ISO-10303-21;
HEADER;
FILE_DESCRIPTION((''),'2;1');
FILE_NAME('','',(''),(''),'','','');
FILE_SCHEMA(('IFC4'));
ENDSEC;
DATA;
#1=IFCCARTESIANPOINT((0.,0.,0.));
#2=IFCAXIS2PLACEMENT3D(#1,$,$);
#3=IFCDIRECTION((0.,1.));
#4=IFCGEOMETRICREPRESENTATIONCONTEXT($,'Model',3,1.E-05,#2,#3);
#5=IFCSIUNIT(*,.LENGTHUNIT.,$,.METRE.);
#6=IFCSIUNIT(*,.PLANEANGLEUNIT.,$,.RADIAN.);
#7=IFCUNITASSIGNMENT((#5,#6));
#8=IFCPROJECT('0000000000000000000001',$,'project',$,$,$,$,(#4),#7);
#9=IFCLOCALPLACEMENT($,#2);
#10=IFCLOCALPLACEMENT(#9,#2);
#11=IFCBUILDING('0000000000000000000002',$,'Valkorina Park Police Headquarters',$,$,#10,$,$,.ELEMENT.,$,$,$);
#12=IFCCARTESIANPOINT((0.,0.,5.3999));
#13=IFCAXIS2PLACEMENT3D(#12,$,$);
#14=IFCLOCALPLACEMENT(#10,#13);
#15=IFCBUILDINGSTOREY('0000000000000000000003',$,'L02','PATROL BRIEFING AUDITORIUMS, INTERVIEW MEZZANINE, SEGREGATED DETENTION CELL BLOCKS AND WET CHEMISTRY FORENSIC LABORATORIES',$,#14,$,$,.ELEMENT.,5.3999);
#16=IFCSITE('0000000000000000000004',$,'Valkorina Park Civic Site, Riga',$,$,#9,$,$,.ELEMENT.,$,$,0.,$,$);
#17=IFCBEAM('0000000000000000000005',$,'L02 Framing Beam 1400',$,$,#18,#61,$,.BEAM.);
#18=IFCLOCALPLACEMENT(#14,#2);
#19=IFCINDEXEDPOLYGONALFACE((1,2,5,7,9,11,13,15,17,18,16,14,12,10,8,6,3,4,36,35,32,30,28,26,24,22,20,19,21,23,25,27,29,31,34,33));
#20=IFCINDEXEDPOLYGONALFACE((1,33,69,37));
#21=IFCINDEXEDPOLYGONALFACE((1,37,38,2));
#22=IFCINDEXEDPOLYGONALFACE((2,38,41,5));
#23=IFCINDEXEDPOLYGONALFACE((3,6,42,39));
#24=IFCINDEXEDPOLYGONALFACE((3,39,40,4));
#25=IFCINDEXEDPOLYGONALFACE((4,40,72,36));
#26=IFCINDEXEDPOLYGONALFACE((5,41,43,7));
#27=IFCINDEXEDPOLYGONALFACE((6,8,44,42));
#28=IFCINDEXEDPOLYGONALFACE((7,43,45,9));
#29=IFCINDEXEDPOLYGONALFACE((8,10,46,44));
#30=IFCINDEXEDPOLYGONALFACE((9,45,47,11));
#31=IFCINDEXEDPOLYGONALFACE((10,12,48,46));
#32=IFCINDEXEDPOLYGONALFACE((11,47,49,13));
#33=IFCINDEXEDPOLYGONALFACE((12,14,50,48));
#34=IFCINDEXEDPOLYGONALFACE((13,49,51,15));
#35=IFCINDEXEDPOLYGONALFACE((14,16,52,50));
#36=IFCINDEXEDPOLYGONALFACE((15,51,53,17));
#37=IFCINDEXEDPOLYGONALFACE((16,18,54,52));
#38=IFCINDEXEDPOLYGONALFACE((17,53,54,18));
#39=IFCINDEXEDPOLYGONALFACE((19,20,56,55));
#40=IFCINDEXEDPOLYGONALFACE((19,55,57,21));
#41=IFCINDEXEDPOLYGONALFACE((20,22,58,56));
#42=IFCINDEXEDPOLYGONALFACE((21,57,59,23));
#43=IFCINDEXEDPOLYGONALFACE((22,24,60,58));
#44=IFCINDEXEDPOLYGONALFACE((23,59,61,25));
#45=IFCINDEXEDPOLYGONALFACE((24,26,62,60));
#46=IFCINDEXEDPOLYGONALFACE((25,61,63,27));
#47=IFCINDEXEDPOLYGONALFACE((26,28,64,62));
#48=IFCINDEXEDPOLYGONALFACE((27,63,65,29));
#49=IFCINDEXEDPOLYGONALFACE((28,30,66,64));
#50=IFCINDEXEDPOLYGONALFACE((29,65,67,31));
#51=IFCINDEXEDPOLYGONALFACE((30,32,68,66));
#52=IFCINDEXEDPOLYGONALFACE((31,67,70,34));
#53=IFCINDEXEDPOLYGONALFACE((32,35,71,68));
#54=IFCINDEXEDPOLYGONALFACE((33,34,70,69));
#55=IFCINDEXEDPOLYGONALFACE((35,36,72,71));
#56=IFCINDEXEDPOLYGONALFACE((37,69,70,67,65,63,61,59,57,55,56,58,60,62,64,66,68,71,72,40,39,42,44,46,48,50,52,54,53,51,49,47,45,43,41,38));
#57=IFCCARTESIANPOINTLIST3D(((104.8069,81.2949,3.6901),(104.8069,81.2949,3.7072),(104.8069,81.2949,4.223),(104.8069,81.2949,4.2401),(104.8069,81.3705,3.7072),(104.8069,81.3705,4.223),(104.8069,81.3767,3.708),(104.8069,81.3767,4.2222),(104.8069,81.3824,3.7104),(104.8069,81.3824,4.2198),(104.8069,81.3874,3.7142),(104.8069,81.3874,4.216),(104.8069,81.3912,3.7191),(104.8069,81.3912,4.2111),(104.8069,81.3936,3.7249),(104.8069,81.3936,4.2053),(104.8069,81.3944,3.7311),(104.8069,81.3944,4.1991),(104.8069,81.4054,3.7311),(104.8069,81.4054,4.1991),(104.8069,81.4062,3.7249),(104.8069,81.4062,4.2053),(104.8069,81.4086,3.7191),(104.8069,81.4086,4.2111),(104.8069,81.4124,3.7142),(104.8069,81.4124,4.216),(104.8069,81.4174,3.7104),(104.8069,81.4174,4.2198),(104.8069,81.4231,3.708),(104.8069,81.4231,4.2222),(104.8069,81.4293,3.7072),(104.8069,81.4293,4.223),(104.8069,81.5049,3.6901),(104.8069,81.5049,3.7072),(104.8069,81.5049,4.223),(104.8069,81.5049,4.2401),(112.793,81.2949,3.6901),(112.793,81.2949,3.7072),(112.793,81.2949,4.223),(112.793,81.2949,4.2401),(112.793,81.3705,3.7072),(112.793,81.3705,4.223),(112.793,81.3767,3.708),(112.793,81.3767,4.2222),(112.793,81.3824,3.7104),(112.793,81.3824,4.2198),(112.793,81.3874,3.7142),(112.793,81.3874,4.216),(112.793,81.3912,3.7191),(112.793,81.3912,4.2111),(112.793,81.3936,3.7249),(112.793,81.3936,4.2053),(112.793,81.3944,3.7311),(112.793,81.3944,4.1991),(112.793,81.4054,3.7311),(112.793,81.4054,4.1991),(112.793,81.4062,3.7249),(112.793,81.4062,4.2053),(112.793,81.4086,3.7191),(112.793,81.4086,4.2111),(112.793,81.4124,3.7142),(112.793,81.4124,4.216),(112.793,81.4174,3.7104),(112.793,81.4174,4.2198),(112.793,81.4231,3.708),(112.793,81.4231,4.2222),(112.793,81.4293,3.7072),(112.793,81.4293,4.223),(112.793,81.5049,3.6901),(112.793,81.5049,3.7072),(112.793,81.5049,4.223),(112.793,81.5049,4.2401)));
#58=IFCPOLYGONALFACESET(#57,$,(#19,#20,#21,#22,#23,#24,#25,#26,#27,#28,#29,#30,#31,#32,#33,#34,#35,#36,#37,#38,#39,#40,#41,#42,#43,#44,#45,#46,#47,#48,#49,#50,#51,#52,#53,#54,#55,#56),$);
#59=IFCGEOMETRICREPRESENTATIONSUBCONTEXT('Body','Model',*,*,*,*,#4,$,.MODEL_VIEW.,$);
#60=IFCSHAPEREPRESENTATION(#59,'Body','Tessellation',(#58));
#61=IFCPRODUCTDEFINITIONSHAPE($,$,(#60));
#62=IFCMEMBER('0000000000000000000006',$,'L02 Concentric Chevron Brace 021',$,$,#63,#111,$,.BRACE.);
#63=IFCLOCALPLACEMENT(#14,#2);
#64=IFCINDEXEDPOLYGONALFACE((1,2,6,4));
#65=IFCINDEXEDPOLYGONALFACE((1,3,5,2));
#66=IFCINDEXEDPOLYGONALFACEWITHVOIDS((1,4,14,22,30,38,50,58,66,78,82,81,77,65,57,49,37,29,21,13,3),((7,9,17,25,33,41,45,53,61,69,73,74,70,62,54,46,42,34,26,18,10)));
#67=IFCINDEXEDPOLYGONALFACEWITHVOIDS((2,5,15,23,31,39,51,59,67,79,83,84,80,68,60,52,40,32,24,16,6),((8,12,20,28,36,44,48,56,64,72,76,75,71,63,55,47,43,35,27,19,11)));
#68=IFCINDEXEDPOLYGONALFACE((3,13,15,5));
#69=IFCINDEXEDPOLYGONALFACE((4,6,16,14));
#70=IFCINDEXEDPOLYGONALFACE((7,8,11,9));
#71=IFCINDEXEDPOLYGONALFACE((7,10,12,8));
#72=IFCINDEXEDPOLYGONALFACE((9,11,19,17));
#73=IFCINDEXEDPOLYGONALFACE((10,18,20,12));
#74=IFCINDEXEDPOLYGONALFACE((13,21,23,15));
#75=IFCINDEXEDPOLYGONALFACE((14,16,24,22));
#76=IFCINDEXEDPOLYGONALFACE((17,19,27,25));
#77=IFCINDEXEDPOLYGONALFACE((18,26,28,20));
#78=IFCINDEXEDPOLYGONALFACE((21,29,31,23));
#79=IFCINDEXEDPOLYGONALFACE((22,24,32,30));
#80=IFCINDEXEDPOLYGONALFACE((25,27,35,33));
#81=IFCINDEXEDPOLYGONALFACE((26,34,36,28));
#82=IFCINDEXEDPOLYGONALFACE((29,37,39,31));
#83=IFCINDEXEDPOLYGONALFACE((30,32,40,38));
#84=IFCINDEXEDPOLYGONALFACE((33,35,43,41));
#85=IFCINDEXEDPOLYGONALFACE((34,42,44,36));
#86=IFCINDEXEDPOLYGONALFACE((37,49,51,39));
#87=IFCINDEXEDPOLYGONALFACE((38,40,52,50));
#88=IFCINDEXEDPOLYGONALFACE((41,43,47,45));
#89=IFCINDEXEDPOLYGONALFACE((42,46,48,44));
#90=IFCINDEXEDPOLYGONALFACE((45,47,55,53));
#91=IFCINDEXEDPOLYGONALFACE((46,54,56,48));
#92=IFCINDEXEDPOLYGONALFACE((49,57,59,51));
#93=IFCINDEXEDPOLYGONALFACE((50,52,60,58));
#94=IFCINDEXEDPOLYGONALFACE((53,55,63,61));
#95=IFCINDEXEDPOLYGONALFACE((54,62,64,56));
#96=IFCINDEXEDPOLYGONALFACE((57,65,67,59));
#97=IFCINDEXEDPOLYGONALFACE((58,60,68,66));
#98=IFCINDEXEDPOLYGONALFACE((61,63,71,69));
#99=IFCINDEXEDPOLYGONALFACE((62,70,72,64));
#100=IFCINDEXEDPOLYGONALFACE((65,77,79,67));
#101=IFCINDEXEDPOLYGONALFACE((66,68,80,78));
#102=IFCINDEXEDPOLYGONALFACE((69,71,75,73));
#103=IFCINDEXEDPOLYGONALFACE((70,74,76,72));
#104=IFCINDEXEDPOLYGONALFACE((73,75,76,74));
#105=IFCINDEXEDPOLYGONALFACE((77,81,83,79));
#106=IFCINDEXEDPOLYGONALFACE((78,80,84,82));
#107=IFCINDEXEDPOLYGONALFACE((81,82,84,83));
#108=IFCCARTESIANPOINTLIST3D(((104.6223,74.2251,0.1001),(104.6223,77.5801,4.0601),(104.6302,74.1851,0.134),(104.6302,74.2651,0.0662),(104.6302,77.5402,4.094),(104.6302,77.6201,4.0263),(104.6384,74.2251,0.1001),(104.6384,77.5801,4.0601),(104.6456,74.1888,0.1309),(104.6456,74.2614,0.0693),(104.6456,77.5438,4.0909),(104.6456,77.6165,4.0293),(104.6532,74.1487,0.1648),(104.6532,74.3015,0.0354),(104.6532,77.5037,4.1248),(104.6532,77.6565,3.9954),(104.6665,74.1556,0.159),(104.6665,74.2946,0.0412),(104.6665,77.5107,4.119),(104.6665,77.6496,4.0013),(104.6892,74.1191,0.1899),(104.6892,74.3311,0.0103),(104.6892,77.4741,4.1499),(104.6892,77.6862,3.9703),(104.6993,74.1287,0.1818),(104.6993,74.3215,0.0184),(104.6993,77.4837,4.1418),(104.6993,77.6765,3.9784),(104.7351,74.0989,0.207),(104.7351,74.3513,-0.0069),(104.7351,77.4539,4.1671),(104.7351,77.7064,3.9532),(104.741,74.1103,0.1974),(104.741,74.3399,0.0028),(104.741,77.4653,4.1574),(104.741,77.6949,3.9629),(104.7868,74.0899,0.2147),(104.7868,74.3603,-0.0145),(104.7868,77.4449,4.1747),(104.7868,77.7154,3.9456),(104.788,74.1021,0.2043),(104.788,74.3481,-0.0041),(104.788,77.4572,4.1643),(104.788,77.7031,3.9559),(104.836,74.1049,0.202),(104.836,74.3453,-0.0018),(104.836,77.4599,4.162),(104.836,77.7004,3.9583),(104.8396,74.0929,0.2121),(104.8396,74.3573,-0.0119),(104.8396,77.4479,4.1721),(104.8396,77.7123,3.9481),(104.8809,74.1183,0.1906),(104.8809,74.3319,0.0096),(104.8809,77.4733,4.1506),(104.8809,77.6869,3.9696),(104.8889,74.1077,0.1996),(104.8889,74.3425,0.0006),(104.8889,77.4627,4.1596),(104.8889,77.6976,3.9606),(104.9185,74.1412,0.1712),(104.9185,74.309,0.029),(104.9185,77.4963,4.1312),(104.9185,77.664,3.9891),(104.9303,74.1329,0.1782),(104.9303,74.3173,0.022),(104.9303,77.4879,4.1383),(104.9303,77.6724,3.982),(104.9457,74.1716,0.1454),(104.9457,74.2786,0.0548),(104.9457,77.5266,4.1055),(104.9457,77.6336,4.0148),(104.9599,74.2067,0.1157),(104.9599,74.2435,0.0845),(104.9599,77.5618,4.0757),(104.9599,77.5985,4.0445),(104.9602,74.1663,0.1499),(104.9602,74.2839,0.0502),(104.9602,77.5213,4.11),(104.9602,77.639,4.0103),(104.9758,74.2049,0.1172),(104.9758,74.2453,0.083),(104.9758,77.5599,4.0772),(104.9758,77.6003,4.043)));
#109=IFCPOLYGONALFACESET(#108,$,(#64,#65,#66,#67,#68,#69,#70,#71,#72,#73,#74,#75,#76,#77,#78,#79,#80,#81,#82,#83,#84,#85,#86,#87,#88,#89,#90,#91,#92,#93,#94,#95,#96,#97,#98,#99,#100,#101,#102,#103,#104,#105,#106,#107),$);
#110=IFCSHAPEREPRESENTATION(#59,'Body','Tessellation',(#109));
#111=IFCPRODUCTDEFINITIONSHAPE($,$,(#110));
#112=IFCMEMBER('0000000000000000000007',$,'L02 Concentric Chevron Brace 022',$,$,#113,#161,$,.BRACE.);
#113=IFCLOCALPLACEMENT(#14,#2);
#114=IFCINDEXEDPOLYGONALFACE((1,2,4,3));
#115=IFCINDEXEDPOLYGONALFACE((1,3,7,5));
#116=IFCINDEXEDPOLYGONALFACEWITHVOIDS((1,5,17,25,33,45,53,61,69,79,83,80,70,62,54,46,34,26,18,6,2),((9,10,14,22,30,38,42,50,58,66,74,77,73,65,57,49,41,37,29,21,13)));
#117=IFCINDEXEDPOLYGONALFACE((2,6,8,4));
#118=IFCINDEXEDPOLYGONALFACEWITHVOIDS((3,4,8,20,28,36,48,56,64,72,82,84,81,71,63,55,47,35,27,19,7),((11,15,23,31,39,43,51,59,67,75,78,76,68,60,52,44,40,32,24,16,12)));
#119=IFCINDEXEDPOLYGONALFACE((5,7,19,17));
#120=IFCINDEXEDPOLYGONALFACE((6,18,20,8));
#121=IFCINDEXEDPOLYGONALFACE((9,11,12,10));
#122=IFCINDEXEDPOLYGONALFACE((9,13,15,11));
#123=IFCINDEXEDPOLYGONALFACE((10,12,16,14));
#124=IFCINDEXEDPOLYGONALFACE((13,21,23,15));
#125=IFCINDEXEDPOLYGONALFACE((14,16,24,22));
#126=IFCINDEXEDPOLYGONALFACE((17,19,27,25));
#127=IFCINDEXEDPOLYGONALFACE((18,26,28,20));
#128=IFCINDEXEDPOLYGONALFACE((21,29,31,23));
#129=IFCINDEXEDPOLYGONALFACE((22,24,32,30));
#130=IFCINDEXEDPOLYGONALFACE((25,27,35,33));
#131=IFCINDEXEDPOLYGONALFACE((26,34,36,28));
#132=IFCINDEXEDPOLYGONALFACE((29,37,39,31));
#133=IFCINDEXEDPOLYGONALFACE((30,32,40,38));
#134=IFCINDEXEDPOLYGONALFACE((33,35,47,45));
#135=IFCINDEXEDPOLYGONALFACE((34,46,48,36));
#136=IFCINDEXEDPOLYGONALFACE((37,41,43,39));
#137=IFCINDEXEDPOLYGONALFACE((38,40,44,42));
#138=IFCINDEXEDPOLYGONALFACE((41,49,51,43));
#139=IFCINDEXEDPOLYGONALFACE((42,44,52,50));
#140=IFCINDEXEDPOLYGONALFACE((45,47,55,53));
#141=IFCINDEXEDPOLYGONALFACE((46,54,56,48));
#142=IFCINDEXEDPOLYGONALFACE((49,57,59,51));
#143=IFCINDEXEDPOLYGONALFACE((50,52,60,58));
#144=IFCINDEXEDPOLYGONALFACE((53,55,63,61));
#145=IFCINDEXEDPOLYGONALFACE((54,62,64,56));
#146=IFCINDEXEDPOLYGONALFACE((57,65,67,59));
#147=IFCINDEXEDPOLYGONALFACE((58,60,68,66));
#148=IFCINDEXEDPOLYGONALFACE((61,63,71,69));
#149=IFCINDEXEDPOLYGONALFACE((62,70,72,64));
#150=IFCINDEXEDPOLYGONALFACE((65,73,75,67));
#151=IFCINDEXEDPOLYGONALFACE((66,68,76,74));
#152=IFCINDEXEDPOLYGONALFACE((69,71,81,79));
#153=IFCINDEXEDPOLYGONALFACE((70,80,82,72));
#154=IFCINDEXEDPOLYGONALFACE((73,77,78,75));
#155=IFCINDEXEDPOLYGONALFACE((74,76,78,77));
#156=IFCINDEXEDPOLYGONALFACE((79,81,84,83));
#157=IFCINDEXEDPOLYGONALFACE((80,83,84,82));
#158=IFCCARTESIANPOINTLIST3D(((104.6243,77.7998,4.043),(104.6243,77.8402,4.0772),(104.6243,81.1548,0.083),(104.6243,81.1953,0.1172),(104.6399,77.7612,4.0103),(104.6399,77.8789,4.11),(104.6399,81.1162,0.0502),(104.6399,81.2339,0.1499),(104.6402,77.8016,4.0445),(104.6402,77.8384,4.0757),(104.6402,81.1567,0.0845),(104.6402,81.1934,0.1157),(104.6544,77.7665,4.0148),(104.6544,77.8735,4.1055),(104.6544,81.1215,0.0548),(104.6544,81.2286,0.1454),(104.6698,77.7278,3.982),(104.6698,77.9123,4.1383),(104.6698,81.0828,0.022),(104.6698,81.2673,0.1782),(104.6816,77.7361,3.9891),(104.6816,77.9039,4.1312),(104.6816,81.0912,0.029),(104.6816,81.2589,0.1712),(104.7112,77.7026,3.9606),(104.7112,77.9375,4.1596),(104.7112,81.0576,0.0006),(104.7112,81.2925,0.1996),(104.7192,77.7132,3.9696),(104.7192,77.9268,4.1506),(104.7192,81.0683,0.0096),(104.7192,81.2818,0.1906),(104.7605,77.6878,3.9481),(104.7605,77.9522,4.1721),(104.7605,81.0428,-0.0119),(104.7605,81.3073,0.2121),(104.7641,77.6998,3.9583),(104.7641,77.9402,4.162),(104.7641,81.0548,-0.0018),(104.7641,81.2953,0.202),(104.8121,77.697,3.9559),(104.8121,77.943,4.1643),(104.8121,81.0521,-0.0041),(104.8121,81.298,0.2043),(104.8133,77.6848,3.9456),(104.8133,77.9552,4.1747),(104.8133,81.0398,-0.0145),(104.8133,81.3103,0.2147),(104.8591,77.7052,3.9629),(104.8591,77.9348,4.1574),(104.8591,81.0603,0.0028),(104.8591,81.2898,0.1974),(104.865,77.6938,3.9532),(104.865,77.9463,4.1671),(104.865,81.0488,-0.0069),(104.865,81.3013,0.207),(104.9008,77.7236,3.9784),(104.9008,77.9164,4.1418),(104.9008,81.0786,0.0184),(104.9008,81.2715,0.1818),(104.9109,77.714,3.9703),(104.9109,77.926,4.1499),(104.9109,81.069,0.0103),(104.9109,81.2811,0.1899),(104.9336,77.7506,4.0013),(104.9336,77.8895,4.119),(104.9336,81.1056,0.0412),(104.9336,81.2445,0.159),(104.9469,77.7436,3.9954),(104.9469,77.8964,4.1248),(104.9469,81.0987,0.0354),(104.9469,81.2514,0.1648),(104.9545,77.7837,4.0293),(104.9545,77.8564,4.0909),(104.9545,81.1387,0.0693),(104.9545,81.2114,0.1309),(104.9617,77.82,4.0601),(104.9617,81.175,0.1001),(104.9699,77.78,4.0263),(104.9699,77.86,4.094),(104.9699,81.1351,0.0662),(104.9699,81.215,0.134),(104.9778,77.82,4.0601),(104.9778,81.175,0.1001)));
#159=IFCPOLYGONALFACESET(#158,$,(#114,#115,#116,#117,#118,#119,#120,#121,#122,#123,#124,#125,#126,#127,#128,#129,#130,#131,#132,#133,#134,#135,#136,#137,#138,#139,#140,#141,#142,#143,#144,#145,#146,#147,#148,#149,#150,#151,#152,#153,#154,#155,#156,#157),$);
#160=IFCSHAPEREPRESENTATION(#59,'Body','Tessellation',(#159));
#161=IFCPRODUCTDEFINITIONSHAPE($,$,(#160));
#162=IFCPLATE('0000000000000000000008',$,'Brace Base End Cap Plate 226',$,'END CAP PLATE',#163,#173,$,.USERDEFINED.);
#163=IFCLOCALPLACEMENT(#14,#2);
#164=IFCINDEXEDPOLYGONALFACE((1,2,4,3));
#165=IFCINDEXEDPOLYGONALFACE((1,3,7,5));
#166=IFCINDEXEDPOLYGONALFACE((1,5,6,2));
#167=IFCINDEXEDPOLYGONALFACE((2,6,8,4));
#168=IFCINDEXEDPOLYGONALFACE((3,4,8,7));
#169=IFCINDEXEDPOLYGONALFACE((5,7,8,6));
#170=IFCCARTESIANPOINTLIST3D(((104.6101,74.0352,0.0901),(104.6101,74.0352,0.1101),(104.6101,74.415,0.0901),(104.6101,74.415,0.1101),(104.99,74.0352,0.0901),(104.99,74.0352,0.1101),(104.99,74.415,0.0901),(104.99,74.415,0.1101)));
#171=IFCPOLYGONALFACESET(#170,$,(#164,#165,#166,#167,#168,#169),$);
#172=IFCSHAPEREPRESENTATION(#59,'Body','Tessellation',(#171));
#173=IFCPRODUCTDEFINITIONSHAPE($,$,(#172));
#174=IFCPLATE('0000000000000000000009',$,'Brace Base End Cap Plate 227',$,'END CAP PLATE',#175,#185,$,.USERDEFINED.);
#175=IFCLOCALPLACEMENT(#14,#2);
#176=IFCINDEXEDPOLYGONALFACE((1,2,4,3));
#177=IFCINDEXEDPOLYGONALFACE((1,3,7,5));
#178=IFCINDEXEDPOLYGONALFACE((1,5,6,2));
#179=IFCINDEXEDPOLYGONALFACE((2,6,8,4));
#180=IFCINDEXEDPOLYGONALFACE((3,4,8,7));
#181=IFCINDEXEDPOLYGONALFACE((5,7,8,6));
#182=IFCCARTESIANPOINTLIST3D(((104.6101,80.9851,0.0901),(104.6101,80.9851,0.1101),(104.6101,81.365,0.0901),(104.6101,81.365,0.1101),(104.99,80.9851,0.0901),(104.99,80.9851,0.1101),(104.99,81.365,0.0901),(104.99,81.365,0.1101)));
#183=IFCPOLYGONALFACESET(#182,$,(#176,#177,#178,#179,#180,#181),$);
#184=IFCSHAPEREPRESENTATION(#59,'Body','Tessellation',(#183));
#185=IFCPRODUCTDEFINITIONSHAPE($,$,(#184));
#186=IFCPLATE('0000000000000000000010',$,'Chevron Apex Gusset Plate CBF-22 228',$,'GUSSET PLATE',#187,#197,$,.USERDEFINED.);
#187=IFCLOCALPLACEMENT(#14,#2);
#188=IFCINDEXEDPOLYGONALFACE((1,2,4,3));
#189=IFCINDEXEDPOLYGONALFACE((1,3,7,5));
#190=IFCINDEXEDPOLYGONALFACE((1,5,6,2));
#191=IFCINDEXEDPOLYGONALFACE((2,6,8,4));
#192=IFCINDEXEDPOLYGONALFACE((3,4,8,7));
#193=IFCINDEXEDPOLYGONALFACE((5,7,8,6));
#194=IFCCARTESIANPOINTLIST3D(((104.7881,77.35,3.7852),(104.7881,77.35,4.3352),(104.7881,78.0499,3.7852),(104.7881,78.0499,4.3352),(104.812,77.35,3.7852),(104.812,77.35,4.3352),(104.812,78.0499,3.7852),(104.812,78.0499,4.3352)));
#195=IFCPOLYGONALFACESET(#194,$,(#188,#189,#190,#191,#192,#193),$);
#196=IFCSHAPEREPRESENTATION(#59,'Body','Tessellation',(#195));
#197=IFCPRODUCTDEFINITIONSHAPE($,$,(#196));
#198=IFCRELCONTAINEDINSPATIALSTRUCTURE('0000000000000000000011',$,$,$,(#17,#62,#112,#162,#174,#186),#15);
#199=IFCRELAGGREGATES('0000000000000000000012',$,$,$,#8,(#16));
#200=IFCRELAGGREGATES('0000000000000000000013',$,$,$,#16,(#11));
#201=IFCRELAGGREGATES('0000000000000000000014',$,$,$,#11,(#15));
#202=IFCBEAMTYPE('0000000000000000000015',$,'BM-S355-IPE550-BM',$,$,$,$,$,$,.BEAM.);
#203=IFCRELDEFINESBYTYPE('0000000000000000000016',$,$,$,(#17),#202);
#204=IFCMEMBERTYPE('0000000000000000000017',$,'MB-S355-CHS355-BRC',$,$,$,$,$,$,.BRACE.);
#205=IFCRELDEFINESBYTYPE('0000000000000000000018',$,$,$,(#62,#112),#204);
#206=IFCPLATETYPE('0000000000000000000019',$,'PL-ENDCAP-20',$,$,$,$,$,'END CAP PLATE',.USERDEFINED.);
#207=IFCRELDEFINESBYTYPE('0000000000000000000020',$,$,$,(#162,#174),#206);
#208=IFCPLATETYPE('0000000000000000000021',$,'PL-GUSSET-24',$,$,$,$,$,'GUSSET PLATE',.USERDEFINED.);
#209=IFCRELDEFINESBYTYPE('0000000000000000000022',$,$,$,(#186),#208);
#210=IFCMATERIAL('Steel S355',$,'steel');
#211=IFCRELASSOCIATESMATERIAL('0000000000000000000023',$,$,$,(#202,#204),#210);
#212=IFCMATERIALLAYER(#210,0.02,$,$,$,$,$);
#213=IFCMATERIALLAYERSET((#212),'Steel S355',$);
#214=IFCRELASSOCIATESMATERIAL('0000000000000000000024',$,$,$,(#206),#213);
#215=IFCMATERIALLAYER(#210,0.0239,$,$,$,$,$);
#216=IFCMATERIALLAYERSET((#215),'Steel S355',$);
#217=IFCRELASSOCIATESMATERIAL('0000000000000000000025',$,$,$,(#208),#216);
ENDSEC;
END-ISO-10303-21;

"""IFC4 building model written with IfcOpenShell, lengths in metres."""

from ifc_helpers import new_model, si_unit, direction, frame, origin, origin_2d, place, context, subcontext, project, spatial, rectangle, hollow_circle, i_section, extrude, material, layer, layer_set, material_profile, profile_set, type_object, element, save


model = new_model("IFC4")

# Units and contexts
model_context = context("Model", 3, precision=1e-05, world=origin(), true_north=direction((0.0, 1.0)))
body_context = subcontext(model_context, "Body", "Model", "MODEL_VIEW")
ifc_project = project(units=[si_unit("LENGTHUNIT", "METRE"), si_unit("PLANEANGLEUNIT", "RADIAN")], contexts=[model_context])

# Site, building, storey
site_placement = place(None, origin())
site = spatial("IfcSite", under=ifc_project, at=site_placement, Name="Valkorina Park Civic Site, Riga", CompositionType="ELEMENT", RefElevation=0.0)
building_placement = place(site_placement, origin())
building = spatial("IfcBuilding", under=site, at=building_placement, Name="Valkorina Park Police Headquarters", CompositionType="ELEMENT")
storey_placement = place(building_placement, frame((0.0, 0.0, 5.3999)))
storey = spatial("IfcBuildingStorey", under=building, at=storey_placement, Name="L02", Description="PATROL BRIEFING AUDITORIUMS, INTERVIEW MEZZANINE, SEGREGATED DETENTION CELL BLOCKS AND WET CHEMISTRY FORENSIC LABORATORIES", CompositionType="ELEMENT", Elevation=5.3999)

# Shared definitions
ifc_material_1 = material(Name="Steel S355", Category="steel")

# Beam
ifc_material_profile_1 = material_profile(ifc_material_1, i_section(OverallWidth=0.21, OverallDepth=0.55, WebThickness=0.011, FlangeThickness=0.0171, FilletRadius=0.0239, at=origin_2d()), Name="IPE 550")
ifc_profile_set_1 = profile_set([ifc_material_profile_1], Name="Steel S355")
beam_type_1 = type_object("IfcBeamType", Name="BM-S355-IPE550-BM", PredefinedType="BEAM", material=ifc_profile_set_1)
for number, where, z_axis, x_axis, name in (
    (1, (104.8069, 81.3999, 3.9651), (1.0, 0.0, 0.0), (0.0, 1.0, 0.0), "L02 Framing Beam 1400"),
):
    element("IfcBeam", number, at=place(storey_placement, frame(where, z_axis=z_axis, x_axis=x_axis)), inside=storey, type_object=beam_type_1, Name=name, PredefinedType="BEAM", context=body_context, shape_type="SweptSolid", body=[
        extrude(i_section(OverallWidth=0.21, OverallDepth=0.55, WebThickness=0.011, FlangeThickness=0.0171, FilletRadius=0.0239, at=origin_2d()), origin(), (0.0, 0.0, 1.0), 7.9861),
    ])

# Members
ifc_material_profile_2 = material_profile(ifc_material_1, hollow_circle(Radius=0.1777, WallThickness=0.0161, at=origin_2d()), Name="CHS 355.6x16")
ifc_profile_set_2 = profile_set([ifc_material_profile_2], Name="Steel S355")
member_type = type_object("IfcMemberType", Name="MB-S355-CHS355-BRC", PredefinedType="BRACE", material=ifc_profile_set_2)
for number, where, z_axis, x_axis, name in (
    (2, (104.8, 74.2251, 0.1001), (0.0, 0.646419, 0.762983), (-1.0, 0.0, 0.0), "L02 Concentric Chevron Brace 021"),
    (3, (104.8, 81.175, 0.1001), (0.0, -0.646419, 0.762983), (1.0, 0.0, 0.0), "L02 Concentric Chevron Brace 022"),
):
    element("IfcMember", number, at=place(storey_placement, frame(where, z_axis=z_axis, x_axis=x_axis)), inside=storey, type_object=member_type, Name=name, PredefinedType="BRACE", context=body_context, shape_type="SweptSolid", body=[
        extrude(hollow_circle(Radius=0.1777, WallThickness=0.0161, at=origin_2d()), origin(), (0.0, 0.0, 1.0), 5.1902),
    ])

# Plates
ifc_layer_1 = layer(ifc_material_1, 0.02)
ifc_layer_set_1 = layer_set([ifc_layer_1], Name="Steel S355")
plate_type_1 = type_object("IfcPlateType", Name="PL-ENDCAP-20", ElementType="END CAP PLATE", PredefinedType="USERDEFINED", material=ifc_layer_set_1)
for number, where, z_axis, x_axis, name in (
    (4, (104.8, 74.2251, 0.0901), (0.0, 0.0, 1.0), (1.0, 0.0, 0.0), "Brace Base End Cap Plate 226"),
    (5, (104.8, 81.175, 0.0901), (0.0, 0.0, 1.0), (1.0, 0.0, 0.0), "Brace Base End Cap Plate 227"),
):
    element("IfcPlate", number, at=place(storey_placement, frame(where, z_axis=z_axis, x_axis=x_axis)), inside=storey, type_object=plate_type_1, Name=name, ObjectType="END CAP PLATE", PredefinedType="USERDEFINED", context=body_context, shape_type="SweptSolid", body=[
        extrude(rectangle(XDim=0.3799, YDim=0.3799, at=origin_2d()), origin(), (0.0, 0.0, 1.0), 0.02),
    ])
ifc_layer_2 = layer(ifc_material_1, 0.0239)
ifc_layer_set_2 = layer_set([ifc_layer_2], Name="Steel S355")
plate_type_2 = type_object("IfcPlateType", Name="PL-GUSSET-24", ElementType="GUSSET PLATE", PredefinedType="USERDEFINED", material=ifc_layer_set_2)
plate_placement = place(storey_placement, frame((104.8, 77.7, 3.7852), z_axis=(0.0, 0.0, 1.0), x_axis=(1.0, 0.0, 0.0)))
element("IfcPlate", 6, at=plate_placement, inside=storey, type_object=plate_type_2, Name="Chevron Apex Gusset Plate CBF-22 228", ObjectType="GUSSET PLATE", PredefinedType="USERDEFINED", context=body_context, shape_type="SweptSolid", body=[
    extrude(rectangle(XDim=0.0239, YDim=0.7, at=origin_2d()), origin(), (0.0, 0.0, 1.0), 0.55),
])

save(model, "model.ifc")
